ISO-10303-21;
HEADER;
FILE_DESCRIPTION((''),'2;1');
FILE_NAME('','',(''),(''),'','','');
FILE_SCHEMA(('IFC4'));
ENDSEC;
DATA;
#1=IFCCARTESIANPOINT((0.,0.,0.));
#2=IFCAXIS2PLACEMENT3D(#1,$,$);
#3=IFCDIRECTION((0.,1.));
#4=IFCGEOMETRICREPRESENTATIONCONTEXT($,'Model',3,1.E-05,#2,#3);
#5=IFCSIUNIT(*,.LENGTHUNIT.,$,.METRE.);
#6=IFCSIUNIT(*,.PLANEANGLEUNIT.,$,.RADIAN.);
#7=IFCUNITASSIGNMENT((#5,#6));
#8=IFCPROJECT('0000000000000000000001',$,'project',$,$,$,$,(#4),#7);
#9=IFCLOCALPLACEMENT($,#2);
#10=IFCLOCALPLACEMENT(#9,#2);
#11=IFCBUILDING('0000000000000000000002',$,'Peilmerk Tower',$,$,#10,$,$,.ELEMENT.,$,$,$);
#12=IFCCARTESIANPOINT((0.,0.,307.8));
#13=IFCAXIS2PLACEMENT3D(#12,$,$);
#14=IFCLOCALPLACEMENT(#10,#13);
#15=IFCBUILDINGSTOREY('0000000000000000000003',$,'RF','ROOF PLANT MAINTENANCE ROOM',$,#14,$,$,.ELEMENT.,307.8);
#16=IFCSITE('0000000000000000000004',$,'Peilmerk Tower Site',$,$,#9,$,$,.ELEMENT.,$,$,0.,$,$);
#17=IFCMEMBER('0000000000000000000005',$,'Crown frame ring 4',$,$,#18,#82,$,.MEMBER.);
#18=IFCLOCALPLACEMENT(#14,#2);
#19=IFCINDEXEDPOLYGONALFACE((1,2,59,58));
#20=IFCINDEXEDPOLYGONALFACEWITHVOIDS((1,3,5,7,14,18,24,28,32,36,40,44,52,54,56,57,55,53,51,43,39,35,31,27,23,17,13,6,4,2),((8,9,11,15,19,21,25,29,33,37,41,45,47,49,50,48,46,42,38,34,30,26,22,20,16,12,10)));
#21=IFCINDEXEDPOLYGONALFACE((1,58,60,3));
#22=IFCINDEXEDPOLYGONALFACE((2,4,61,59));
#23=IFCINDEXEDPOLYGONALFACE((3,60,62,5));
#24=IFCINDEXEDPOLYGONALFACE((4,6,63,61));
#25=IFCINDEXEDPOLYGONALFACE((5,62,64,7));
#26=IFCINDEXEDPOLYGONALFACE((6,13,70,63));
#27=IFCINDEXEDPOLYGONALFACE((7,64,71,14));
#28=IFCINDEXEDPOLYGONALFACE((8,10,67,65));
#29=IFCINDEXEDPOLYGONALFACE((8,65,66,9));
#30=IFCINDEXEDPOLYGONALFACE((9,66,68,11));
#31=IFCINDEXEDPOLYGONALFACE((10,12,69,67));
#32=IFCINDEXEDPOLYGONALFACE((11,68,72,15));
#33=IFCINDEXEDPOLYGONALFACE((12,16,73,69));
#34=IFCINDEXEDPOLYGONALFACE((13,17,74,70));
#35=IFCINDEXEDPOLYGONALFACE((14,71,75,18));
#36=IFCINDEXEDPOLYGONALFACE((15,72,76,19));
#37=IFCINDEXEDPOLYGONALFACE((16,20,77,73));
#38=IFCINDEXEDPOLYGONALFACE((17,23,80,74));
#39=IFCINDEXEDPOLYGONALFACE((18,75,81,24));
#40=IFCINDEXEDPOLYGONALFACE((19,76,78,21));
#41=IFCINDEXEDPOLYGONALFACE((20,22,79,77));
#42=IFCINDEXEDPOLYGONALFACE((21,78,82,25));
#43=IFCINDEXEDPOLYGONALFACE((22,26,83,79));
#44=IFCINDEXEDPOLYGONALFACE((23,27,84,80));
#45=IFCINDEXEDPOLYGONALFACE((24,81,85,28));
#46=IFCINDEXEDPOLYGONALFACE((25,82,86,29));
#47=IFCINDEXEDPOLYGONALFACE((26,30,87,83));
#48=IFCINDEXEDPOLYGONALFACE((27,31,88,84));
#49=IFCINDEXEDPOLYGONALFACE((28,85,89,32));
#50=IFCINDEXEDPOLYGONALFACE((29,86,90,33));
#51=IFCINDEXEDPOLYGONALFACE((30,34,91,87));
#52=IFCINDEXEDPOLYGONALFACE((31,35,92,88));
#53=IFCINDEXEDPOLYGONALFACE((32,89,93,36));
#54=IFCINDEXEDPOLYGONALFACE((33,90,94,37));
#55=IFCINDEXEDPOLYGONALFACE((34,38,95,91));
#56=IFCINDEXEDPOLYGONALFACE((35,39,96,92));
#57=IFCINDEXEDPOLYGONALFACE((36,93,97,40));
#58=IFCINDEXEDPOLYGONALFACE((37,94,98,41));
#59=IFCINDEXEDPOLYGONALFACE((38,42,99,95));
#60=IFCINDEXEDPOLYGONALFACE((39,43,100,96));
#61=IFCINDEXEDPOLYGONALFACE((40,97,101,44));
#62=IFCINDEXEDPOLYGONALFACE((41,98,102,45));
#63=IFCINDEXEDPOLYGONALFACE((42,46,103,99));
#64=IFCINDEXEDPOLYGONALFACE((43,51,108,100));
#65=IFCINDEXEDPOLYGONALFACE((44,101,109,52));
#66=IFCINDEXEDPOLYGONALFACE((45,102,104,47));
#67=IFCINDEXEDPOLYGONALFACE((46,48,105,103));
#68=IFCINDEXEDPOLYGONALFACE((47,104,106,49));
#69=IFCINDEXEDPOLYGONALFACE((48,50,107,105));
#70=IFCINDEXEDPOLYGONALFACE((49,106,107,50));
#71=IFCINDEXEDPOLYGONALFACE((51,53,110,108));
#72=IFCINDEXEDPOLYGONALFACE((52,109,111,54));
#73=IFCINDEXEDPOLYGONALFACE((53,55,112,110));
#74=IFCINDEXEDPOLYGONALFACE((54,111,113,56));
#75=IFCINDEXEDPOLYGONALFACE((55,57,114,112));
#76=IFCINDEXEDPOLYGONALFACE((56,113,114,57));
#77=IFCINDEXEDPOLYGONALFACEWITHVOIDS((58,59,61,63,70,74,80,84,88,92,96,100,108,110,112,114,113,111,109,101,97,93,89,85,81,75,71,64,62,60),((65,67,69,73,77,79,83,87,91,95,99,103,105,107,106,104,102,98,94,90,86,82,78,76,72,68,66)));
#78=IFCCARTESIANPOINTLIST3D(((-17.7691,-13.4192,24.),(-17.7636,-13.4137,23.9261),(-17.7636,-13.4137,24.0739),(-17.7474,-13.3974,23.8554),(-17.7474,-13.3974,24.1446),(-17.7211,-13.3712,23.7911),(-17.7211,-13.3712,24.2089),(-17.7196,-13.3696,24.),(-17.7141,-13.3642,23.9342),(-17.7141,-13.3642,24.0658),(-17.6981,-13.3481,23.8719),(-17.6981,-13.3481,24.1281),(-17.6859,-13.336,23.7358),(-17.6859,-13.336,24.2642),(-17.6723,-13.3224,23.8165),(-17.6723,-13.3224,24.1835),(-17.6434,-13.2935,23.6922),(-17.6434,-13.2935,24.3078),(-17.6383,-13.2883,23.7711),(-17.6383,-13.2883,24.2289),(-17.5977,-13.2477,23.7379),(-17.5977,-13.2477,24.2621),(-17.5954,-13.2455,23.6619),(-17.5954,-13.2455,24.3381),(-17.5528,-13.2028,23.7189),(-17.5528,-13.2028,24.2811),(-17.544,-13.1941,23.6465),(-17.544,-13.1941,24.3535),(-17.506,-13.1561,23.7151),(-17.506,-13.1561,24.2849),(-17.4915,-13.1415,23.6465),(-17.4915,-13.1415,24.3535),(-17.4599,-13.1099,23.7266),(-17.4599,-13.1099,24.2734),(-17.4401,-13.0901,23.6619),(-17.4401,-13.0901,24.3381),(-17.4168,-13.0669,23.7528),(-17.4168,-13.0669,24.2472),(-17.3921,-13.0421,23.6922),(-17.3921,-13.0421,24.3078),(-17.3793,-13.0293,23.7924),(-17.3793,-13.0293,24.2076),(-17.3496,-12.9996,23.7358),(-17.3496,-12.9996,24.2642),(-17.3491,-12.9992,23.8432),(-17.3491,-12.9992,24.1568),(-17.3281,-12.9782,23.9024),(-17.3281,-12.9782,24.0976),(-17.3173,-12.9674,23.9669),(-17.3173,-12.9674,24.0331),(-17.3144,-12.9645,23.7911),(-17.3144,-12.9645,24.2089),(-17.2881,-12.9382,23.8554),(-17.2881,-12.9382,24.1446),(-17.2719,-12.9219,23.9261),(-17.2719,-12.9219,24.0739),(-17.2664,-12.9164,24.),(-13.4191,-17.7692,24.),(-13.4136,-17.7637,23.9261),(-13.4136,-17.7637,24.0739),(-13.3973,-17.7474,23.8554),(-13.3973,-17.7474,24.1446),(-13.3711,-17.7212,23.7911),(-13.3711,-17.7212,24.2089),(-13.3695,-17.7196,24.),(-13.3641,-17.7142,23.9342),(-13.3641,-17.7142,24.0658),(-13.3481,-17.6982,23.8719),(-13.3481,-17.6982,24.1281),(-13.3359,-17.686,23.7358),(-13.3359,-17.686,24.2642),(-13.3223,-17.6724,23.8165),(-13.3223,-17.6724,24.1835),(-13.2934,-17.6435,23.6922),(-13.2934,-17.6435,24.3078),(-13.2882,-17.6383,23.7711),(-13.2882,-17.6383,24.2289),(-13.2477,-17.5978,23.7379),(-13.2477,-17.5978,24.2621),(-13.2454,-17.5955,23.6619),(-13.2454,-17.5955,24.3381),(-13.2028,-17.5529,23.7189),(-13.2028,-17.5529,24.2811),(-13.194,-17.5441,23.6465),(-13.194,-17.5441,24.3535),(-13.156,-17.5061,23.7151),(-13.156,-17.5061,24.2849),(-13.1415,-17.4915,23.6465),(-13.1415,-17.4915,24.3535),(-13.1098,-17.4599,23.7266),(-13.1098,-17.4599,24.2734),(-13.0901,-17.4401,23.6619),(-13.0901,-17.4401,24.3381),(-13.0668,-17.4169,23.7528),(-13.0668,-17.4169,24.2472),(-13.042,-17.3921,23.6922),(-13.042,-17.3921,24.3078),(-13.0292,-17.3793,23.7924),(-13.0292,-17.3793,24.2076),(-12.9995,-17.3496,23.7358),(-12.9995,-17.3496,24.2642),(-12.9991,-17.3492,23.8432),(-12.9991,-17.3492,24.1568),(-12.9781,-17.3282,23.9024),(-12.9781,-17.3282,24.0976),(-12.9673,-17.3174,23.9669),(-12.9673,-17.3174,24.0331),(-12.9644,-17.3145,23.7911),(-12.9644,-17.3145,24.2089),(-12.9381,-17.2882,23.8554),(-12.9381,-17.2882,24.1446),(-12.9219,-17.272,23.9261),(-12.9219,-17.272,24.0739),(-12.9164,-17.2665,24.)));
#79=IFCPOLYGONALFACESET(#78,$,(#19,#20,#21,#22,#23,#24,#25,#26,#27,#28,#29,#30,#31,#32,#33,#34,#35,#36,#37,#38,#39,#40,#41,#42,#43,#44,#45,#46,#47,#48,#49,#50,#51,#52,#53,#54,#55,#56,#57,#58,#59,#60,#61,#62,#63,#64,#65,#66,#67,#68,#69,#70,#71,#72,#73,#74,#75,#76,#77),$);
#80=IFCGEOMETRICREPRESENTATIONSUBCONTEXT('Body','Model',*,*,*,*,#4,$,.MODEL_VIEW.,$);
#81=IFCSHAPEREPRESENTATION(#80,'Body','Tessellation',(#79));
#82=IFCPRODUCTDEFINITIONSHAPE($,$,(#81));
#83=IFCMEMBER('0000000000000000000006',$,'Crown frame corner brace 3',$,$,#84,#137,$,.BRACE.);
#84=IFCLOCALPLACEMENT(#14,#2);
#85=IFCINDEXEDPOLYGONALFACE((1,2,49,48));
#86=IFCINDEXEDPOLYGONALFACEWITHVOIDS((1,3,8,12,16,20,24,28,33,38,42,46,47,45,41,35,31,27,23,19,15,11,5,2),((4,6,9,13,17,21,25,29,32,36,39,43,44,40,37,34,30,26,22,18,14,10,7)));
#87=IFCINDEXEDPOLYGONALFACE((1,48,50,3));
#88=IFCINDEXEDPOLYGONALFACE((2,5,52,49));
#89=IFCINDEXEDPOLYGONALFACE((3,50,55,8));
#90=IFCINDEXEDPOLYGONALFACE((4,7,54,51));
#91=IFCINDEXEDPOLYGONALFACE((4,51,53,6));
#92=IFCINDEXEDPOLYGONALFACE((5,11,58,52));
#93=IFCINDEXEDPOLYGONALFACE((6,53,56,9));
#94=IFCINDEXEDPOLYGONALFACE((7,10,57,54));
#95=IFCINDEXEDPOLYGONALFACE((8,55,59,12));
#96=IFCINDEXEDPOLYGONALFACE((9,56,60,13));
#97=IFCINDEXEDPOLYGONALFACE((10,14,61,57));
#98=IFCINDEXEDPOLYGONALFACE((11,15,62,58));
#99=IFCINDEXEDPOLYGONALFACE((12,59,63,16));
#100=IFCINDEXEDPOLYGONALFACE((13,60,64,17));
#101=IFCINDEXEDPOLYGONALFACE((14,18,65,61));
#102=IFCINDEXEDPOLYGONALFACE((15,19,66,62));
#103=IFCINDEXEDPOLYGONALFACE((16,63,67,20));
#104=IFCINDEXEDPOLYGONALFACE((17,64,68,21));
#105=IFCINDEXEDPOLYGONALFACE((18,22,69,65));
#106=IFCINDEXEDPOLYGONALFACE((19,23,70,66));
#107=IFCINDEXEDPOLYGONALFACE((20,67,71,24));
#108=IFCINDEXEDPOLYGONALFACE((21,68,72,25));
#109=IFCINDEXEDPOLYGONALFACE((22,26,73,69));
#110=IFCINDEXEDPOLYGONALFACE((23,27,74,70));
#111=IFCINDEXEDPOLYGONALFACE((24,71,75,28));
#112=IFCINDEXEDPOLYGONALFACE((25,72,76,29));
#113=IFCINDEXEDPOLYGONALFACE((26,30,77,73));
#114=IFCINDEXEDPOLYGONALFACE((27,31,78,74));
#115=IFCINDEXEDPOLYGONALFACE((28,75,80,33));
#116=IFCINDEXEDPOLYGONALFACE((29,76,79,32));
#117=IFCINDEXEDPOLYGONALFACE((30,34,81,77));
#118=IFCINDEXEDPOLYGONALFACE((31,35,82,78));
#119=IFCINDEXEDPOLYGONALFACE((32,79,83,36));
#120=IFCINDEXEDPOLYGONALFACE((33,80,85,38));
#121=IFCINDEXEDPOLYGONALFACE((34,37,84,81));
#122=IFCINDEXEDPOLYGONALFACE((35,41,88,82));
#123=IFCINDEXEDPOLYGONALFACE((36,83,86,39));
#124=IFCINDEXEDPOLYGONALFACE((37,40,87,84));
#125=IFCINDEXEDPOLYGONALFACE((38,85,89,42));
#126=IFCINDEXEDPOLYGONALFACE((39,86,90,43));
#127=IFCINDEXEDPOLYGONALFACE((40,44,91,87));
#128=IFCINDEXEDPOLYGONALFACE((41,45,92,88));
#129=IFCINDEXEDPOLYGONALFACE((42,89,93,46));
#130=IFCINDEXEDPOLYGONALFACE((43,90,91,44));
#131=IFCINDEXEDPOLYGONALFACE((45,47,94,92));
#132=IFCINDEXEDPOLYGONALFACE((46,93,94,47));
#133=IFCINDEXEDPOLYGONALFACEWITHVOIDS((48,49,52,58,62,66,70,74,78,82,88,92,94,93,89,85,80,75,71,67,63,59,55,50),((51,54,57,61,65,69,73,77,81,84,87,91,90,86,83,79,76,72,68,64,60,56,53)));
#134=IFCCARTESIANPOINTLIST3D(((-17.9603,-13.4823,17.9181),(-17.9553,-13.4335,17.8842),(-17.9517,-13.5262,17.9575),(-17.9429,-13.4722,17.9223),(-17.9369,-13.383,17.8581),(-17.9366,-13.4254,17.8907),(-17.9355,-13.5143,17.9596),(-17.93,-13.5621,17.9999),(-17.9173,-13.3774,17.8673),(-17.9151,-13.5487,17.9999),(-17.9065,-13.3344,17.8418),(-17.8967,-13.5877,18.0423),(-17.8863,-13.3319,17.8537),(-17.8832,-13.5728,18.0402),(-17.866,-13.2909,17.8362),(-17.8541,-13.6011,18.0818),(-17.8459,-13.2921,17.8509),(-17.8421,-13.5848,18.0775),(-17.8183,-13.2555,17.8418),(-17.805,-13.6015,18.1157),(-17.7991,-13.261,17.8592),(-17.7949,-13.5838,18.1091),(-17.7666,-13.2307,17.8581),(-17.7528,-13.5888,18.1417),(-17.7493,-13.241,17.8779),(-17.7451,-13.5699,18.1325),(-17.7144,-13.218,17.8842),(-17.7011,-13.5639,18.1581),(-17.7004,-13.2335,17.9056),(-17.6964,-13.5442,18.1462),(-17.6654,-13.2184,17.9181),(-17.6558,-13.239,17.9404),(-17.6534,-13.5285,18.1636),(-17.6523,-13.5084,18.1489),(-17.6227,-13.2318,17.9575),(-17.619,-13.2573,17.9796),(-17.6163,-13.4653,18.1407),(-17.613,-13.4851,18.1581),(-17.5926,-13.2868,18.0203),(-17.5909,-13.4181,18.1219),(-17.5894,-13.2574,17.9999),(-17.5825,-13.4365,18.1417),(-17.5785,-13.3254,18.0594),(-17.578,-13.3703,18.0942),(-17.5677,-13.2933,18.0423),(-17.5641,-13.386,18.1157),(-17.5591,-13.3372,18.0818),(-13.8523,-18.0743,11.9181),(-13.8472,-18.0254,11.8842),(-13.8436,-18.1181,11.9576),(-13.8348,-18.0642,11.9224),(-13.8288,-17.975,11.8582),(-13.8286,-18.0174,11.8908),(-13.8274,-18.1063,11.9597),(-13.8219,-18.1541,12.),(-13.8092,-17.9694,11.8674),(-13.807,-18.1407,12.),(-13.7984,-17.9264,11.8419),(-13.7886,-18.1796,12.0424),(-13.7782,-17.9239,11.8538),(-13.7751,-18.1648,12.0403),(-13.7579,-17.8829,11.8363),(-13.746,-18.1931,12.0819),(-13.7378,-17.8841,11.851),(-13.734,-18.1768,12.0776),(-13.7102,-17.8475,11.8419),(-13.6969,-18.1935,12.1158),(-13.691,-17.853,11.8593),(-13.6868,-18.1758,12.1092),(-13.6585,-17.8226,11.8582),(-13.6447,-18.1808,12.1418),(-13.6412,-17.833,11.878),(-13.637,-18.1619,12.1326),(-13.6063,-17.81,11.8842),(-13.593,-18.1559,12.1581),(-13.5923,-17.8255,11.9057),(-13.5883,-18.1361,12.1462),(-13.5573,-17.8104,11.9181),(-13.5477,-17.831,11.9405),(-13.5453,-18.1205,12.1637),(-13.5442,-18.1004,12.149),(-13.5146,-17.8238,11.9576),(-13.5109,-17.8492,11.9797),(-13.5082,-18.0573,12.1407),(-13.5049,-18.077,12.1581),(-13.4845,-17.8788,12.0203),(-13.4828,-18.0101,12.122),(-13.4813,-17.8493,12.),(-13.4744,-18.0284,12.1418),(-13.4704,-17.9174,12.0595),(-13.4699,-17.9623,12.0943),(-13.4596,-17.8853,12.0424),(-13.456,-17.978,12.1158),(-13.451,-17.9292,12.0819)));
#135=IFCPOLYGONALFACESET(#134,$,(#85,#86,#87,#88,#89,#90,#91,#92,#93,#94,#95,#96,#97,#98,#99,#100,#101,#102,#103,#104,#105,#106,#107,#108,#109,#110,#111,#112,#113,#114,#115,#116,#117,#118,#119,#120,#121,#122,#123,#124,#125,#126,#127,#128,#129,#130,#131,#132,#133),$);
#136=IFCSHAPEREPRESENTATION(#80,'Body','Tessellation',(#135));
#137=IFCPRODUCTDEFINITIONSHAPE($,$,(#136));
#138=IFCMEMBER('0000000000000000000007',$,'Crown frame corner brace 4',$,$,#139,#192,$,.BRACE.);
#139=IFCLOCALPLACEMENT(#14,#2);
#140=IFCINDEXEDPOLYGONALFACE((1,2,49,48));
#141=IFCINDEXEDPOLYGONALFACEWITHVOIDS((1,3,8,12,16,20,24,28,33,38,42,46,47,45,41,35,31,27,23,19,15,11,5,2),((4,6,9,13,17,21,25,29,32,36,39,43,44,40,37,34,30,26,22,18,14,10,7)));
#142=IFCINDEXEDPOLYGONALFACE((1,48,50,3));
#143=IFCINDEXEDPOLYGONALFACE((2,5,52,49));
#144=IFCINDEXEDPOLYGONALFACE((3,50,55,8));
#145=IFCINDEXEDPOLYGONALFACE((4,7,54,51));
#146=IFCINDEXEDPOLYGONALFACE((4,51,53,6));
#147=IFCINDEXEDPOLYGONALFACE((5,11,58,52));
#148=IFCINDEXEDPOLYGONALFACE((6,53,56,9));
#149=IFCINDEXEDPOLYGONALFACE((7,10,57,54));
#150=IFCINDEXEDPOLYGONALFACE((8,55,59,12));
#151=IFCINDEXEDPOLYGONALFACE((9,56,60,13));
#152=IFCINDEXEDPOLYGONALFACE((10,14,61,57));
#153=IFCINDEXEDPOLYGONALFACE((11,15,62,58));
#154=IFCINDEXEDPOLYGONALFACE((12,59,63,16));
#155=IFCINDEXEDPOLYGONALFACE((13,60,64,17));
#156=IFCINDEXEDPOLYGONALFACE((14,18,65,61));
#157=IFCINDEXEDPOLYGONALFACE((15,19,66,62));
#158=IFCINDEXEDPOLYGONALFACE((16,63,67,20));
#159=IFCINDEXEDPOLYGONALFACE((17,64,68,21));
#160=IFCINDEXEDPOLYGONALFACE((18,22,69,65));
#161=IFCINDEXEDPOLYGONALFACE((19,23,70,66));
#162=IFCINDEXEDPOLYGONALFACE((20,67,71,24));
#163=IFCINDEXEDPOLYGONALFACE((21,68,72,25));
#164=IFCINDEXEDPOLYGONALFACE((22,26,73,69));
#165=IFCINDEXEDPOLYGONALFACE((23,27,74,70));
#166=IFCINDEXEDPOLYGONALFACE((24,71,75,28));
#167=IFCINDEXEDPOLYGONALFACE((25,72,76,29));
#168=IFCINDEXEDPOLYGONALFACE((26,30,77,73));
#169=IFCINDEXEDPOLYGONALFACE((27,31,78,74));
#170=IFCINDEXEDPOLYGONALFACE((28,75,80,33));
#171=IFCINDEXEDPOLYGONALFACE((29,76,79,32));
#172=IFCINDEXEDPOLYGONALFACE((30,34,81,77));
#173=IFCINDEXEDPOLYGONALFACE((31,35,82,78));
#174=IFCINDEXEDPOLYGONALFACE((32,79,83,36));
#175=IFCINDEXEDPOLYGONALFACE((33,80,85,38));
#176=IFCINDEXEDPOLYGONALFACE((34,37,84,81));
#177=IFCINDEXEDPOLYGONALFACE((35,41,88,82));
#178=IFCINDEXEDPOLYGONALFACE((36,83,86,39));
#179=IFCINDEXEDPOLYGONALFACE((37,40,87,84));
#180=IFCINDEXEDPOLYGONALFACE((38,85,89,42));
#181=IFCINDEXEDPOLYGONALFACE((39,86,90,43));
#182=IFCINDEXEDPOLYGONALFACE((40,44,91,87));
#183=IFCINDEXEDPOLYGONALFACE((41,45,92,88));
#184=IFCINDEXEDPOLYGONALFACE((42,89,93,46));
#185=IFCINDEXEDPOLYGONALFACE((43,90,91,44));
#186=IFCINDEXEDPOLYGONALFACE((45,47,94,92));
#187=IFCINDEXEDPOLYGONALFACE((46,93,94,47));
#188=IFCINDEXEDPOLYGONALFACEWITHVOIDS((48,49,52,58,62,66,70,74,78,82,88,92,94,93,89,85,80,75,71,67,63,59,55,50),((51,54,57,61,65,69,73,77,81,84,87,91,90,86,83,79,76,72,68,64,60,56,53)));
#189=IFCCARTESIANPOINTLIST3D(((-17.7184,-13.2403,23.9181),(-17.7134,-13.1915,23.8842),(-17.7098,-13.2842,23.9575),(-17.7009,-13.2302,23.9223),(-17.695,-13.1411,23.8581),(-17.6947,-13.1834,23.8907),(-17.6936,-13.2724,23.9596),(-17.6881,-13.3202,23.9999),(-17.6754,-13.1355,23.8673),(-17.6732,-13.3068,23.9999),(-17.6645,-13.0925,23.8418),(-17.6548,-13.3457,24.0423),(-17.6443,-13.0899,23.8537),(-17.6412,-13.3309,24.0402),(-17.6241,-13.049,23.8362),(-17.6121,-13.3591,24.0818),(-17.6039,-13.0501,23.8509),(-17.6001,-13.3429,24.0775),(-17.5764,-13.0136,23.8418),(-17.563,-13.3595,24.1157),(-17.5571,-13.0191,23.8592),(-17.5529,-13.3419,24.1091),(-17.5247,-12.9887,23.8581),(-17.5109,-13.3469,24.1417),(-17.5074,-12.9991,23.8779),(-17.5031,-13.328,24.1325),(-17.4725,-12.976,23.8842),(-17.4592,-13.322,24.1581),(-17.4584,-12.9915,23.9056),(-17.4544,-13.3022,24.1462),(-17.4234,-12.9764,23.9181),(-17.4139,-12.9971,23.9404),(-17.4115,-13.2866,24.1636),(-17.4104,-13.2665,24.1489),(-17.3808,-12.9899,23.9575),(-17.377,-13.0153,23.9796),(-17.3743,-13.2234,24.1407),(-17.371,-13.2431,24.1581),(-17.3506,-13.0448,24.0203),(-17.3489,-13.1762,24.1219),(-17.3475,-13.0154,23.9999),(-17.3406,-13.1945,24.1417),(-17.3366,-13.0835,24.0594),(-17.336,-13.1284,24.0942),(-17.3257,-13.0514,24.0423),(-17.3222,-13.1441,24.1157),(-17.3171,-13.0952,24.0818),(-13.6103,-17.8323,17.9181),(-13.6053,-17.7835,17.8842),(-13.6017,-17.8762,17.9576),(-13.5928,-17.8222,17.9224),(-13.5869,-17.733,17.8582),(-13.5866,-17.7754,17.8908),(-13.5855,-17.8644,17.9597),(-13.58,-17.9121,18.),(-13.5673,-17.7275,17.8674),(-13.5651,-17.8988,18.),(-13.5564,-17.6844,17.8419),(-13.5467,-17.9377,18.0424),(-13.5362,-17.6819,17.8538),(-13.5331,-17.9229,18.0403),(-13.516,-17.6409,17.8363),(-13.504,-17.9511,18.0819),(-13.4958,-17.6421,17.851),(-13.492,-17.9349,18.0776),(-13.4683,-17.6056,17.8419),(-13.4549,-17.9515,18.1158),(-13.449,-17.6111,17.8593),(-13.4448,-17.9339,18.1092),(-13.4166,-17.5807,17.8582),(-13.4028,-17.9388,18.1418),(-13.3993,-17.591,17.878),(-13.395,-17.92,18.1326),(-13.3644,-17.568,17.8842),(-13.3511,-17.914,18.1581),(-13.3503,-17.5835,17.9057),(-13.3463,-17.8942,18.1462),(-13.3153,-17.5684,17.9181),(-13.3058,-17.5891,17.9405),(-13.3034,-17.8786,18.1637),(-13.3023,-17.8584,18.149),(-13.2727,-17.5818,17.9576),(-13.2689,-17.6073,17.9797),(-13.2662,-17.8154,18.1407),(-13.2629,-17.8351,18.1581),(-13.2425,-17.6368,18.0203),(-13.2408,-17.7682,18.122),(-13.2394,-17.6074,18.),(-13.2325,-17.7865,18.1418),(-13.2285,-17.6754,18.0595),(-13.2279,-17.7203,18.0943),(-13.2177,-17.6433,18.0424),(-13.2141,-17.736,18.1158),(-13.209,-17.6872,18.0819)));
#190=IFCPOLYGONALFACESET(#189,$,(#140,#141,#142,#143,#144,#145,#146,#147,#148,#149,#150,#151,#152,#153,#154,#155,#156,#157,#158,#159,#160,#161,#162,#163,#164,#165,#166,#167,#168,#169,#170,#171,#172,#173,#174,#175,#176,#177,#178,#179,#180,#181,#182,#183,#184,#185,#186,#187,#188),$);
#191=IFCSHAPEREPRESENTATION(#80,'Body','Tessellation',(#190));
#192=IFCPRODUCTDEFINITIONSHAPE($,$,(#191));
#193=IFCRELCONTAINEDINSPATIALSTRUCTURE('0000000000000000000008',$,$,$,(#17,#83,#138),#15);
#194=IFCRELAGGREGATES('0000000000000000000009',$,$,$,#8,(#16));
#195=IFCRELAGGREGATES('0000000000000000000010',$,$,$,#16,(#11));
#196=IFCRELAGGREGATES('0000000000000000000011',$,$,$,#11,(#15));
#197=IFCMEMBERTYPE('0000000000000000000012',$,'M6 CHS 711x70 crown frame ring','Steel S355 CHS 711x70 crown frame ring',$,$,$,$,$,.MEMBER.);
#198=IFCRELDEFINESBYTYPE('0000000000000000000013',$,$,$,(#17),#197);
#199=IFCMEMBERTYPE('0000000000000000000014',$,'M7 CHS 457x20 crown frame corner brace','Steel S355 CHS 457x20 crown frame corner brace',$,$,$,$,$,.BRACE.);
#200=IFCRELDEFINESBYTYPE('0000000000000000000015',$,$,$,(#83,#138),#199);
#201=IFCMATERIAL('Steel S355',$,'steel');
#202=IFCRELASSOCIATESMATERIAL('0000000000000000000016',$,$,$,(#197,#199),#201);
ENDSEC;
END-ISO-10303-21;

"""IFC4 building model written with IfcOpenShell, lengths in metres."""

from ifc_helpers import new_model, si_unit, direction, frame, origin, origin_2d, place, context, subcontext, project, spatial, hollow_circle, extrude, material, material_profile, profile_set, type_object, element, save


model = new_model("IFC4")

# Units and contexts
model_context = context("Model", 3, precision=1e-05, world=origin(), true_north=direction((0.0, 1.0)))
body_context = subcontext(model_context, "Body", "Model", "MODEL_VIEW")
ifc_project = project(units=[si_unit("LENGTHUNIT", "METRE"), si_unit("PLANEANGLEUNIT", "RADIAN")], contexts=[model_context])

# Site, building, storey
site_placement = place(None, origin())
site = spatial("IfcSite", under=ifc_project, at=site_placement, Name="Peilmerk Tower Site", CompositionType="ELEMENT", RefElevation=0.0)
building_placement = place(site_placement, origin())
building = spatial("IfcBuilding", under=site, at=building_placement, Name="Peilmerk Tower", CompositionType="ELEMENT")
storey_placement = place(building_placement, frame((0.0, 0.0, 307.8)))
storey = spatial("IfcBuildingStorey", under=building, at=storey_placement, Name="RF", Description="ROOF PLANT MAINTENANCE ROOM", CompositionType="ELEMENT", Elevation=307.8)

# Shared definitions
ifc_material_1 = material(Name="Steel S355", Category="steel")

# Members
ifc_material_profile_1 = material_profile(ifc_material_1, hollow_circle(Radius=0.3555, WallThickness=0.0701, at=origin_2d()), Name="CHS 711x70")
ifc_profile_set_1 = profile_set([ifc_material_profile_1], Name="Steel S355")
member_type_1 = type_object("IfcMemberType", Name="M6 CHS 711x70 crown frame ring", Description="Steel S355 CHS 711x70 crown frame ring", PredefinedType="MEMBER", material=ifc_profile_set_1)
member_1_placement = place(storey_placement, frame((-13.1677, -17.5178, 24.0), z_axis=(-0.707107, 0.707107, 0.0), x_axis=(-0.707107, -0.707107, 0.0)))
element("IfcMember", 1, at=member_1_placement, inside=storey, type_object=member_type_1, Name="Crown frame ring 4", PredefinedType="MEMBER", context=body_context, shape_type="SweptSolid", body=[
    extrude(hollow_circle(Radius=0.3555, WallThickness=0.0701, at=origin_2d()), origin(), (0.0, 0.0, 1.0), 6.1519),
])
ifc_material_profile_2 = material_profile(ifc_material_1, hollow_circle(Radius=0.2285, WallThickness=0.02, at=origin_2d()), Name="CHS 457x20")
ifc_profile_set_2 = profile_set([ifc_material_profile_2], Name="Steel S355")
member_type_2 = type_object("IfcMemberType", Name="M7 CHS 457x20 crown frame corner brace", Description="Steel S355 CHS 457x20 crown frame corner brace", PredefinedType="BRACE", material=ifc_profile_set_2)
for number, where, z_axis, x_axis, name in (
    (2, (-13.6516, -18.0017, 12.0), (-0.47768, 0.533945, 0.697657), (-0.745283, -0.666749, 0.0), "Crown frame corner brace 3"),
    (3, (-13.4097, -17.7598, 18.0), (-0.47768, 0.533945, 0.697657), (-0.745283, -0.666749, 0.0), "Crown frame corner brace 4"),
):
    element("IfcMember", number, at=place(storey_placement, frame(where, z_axis=z_axis, x_axis=x_axis)), inside=storey, type_object=member_type_2, Name=name, PredefinedType="BRACE", context=body_context, shape_type="SweptSolid", body=[
        extrude(hollow_circle(Radius=0.2285, WallThickness=0.02, at=origin_2d()), origin(), (0.0, 0.0, 1.0), 8.6001),
    ])

save(model, "model.ifc")
